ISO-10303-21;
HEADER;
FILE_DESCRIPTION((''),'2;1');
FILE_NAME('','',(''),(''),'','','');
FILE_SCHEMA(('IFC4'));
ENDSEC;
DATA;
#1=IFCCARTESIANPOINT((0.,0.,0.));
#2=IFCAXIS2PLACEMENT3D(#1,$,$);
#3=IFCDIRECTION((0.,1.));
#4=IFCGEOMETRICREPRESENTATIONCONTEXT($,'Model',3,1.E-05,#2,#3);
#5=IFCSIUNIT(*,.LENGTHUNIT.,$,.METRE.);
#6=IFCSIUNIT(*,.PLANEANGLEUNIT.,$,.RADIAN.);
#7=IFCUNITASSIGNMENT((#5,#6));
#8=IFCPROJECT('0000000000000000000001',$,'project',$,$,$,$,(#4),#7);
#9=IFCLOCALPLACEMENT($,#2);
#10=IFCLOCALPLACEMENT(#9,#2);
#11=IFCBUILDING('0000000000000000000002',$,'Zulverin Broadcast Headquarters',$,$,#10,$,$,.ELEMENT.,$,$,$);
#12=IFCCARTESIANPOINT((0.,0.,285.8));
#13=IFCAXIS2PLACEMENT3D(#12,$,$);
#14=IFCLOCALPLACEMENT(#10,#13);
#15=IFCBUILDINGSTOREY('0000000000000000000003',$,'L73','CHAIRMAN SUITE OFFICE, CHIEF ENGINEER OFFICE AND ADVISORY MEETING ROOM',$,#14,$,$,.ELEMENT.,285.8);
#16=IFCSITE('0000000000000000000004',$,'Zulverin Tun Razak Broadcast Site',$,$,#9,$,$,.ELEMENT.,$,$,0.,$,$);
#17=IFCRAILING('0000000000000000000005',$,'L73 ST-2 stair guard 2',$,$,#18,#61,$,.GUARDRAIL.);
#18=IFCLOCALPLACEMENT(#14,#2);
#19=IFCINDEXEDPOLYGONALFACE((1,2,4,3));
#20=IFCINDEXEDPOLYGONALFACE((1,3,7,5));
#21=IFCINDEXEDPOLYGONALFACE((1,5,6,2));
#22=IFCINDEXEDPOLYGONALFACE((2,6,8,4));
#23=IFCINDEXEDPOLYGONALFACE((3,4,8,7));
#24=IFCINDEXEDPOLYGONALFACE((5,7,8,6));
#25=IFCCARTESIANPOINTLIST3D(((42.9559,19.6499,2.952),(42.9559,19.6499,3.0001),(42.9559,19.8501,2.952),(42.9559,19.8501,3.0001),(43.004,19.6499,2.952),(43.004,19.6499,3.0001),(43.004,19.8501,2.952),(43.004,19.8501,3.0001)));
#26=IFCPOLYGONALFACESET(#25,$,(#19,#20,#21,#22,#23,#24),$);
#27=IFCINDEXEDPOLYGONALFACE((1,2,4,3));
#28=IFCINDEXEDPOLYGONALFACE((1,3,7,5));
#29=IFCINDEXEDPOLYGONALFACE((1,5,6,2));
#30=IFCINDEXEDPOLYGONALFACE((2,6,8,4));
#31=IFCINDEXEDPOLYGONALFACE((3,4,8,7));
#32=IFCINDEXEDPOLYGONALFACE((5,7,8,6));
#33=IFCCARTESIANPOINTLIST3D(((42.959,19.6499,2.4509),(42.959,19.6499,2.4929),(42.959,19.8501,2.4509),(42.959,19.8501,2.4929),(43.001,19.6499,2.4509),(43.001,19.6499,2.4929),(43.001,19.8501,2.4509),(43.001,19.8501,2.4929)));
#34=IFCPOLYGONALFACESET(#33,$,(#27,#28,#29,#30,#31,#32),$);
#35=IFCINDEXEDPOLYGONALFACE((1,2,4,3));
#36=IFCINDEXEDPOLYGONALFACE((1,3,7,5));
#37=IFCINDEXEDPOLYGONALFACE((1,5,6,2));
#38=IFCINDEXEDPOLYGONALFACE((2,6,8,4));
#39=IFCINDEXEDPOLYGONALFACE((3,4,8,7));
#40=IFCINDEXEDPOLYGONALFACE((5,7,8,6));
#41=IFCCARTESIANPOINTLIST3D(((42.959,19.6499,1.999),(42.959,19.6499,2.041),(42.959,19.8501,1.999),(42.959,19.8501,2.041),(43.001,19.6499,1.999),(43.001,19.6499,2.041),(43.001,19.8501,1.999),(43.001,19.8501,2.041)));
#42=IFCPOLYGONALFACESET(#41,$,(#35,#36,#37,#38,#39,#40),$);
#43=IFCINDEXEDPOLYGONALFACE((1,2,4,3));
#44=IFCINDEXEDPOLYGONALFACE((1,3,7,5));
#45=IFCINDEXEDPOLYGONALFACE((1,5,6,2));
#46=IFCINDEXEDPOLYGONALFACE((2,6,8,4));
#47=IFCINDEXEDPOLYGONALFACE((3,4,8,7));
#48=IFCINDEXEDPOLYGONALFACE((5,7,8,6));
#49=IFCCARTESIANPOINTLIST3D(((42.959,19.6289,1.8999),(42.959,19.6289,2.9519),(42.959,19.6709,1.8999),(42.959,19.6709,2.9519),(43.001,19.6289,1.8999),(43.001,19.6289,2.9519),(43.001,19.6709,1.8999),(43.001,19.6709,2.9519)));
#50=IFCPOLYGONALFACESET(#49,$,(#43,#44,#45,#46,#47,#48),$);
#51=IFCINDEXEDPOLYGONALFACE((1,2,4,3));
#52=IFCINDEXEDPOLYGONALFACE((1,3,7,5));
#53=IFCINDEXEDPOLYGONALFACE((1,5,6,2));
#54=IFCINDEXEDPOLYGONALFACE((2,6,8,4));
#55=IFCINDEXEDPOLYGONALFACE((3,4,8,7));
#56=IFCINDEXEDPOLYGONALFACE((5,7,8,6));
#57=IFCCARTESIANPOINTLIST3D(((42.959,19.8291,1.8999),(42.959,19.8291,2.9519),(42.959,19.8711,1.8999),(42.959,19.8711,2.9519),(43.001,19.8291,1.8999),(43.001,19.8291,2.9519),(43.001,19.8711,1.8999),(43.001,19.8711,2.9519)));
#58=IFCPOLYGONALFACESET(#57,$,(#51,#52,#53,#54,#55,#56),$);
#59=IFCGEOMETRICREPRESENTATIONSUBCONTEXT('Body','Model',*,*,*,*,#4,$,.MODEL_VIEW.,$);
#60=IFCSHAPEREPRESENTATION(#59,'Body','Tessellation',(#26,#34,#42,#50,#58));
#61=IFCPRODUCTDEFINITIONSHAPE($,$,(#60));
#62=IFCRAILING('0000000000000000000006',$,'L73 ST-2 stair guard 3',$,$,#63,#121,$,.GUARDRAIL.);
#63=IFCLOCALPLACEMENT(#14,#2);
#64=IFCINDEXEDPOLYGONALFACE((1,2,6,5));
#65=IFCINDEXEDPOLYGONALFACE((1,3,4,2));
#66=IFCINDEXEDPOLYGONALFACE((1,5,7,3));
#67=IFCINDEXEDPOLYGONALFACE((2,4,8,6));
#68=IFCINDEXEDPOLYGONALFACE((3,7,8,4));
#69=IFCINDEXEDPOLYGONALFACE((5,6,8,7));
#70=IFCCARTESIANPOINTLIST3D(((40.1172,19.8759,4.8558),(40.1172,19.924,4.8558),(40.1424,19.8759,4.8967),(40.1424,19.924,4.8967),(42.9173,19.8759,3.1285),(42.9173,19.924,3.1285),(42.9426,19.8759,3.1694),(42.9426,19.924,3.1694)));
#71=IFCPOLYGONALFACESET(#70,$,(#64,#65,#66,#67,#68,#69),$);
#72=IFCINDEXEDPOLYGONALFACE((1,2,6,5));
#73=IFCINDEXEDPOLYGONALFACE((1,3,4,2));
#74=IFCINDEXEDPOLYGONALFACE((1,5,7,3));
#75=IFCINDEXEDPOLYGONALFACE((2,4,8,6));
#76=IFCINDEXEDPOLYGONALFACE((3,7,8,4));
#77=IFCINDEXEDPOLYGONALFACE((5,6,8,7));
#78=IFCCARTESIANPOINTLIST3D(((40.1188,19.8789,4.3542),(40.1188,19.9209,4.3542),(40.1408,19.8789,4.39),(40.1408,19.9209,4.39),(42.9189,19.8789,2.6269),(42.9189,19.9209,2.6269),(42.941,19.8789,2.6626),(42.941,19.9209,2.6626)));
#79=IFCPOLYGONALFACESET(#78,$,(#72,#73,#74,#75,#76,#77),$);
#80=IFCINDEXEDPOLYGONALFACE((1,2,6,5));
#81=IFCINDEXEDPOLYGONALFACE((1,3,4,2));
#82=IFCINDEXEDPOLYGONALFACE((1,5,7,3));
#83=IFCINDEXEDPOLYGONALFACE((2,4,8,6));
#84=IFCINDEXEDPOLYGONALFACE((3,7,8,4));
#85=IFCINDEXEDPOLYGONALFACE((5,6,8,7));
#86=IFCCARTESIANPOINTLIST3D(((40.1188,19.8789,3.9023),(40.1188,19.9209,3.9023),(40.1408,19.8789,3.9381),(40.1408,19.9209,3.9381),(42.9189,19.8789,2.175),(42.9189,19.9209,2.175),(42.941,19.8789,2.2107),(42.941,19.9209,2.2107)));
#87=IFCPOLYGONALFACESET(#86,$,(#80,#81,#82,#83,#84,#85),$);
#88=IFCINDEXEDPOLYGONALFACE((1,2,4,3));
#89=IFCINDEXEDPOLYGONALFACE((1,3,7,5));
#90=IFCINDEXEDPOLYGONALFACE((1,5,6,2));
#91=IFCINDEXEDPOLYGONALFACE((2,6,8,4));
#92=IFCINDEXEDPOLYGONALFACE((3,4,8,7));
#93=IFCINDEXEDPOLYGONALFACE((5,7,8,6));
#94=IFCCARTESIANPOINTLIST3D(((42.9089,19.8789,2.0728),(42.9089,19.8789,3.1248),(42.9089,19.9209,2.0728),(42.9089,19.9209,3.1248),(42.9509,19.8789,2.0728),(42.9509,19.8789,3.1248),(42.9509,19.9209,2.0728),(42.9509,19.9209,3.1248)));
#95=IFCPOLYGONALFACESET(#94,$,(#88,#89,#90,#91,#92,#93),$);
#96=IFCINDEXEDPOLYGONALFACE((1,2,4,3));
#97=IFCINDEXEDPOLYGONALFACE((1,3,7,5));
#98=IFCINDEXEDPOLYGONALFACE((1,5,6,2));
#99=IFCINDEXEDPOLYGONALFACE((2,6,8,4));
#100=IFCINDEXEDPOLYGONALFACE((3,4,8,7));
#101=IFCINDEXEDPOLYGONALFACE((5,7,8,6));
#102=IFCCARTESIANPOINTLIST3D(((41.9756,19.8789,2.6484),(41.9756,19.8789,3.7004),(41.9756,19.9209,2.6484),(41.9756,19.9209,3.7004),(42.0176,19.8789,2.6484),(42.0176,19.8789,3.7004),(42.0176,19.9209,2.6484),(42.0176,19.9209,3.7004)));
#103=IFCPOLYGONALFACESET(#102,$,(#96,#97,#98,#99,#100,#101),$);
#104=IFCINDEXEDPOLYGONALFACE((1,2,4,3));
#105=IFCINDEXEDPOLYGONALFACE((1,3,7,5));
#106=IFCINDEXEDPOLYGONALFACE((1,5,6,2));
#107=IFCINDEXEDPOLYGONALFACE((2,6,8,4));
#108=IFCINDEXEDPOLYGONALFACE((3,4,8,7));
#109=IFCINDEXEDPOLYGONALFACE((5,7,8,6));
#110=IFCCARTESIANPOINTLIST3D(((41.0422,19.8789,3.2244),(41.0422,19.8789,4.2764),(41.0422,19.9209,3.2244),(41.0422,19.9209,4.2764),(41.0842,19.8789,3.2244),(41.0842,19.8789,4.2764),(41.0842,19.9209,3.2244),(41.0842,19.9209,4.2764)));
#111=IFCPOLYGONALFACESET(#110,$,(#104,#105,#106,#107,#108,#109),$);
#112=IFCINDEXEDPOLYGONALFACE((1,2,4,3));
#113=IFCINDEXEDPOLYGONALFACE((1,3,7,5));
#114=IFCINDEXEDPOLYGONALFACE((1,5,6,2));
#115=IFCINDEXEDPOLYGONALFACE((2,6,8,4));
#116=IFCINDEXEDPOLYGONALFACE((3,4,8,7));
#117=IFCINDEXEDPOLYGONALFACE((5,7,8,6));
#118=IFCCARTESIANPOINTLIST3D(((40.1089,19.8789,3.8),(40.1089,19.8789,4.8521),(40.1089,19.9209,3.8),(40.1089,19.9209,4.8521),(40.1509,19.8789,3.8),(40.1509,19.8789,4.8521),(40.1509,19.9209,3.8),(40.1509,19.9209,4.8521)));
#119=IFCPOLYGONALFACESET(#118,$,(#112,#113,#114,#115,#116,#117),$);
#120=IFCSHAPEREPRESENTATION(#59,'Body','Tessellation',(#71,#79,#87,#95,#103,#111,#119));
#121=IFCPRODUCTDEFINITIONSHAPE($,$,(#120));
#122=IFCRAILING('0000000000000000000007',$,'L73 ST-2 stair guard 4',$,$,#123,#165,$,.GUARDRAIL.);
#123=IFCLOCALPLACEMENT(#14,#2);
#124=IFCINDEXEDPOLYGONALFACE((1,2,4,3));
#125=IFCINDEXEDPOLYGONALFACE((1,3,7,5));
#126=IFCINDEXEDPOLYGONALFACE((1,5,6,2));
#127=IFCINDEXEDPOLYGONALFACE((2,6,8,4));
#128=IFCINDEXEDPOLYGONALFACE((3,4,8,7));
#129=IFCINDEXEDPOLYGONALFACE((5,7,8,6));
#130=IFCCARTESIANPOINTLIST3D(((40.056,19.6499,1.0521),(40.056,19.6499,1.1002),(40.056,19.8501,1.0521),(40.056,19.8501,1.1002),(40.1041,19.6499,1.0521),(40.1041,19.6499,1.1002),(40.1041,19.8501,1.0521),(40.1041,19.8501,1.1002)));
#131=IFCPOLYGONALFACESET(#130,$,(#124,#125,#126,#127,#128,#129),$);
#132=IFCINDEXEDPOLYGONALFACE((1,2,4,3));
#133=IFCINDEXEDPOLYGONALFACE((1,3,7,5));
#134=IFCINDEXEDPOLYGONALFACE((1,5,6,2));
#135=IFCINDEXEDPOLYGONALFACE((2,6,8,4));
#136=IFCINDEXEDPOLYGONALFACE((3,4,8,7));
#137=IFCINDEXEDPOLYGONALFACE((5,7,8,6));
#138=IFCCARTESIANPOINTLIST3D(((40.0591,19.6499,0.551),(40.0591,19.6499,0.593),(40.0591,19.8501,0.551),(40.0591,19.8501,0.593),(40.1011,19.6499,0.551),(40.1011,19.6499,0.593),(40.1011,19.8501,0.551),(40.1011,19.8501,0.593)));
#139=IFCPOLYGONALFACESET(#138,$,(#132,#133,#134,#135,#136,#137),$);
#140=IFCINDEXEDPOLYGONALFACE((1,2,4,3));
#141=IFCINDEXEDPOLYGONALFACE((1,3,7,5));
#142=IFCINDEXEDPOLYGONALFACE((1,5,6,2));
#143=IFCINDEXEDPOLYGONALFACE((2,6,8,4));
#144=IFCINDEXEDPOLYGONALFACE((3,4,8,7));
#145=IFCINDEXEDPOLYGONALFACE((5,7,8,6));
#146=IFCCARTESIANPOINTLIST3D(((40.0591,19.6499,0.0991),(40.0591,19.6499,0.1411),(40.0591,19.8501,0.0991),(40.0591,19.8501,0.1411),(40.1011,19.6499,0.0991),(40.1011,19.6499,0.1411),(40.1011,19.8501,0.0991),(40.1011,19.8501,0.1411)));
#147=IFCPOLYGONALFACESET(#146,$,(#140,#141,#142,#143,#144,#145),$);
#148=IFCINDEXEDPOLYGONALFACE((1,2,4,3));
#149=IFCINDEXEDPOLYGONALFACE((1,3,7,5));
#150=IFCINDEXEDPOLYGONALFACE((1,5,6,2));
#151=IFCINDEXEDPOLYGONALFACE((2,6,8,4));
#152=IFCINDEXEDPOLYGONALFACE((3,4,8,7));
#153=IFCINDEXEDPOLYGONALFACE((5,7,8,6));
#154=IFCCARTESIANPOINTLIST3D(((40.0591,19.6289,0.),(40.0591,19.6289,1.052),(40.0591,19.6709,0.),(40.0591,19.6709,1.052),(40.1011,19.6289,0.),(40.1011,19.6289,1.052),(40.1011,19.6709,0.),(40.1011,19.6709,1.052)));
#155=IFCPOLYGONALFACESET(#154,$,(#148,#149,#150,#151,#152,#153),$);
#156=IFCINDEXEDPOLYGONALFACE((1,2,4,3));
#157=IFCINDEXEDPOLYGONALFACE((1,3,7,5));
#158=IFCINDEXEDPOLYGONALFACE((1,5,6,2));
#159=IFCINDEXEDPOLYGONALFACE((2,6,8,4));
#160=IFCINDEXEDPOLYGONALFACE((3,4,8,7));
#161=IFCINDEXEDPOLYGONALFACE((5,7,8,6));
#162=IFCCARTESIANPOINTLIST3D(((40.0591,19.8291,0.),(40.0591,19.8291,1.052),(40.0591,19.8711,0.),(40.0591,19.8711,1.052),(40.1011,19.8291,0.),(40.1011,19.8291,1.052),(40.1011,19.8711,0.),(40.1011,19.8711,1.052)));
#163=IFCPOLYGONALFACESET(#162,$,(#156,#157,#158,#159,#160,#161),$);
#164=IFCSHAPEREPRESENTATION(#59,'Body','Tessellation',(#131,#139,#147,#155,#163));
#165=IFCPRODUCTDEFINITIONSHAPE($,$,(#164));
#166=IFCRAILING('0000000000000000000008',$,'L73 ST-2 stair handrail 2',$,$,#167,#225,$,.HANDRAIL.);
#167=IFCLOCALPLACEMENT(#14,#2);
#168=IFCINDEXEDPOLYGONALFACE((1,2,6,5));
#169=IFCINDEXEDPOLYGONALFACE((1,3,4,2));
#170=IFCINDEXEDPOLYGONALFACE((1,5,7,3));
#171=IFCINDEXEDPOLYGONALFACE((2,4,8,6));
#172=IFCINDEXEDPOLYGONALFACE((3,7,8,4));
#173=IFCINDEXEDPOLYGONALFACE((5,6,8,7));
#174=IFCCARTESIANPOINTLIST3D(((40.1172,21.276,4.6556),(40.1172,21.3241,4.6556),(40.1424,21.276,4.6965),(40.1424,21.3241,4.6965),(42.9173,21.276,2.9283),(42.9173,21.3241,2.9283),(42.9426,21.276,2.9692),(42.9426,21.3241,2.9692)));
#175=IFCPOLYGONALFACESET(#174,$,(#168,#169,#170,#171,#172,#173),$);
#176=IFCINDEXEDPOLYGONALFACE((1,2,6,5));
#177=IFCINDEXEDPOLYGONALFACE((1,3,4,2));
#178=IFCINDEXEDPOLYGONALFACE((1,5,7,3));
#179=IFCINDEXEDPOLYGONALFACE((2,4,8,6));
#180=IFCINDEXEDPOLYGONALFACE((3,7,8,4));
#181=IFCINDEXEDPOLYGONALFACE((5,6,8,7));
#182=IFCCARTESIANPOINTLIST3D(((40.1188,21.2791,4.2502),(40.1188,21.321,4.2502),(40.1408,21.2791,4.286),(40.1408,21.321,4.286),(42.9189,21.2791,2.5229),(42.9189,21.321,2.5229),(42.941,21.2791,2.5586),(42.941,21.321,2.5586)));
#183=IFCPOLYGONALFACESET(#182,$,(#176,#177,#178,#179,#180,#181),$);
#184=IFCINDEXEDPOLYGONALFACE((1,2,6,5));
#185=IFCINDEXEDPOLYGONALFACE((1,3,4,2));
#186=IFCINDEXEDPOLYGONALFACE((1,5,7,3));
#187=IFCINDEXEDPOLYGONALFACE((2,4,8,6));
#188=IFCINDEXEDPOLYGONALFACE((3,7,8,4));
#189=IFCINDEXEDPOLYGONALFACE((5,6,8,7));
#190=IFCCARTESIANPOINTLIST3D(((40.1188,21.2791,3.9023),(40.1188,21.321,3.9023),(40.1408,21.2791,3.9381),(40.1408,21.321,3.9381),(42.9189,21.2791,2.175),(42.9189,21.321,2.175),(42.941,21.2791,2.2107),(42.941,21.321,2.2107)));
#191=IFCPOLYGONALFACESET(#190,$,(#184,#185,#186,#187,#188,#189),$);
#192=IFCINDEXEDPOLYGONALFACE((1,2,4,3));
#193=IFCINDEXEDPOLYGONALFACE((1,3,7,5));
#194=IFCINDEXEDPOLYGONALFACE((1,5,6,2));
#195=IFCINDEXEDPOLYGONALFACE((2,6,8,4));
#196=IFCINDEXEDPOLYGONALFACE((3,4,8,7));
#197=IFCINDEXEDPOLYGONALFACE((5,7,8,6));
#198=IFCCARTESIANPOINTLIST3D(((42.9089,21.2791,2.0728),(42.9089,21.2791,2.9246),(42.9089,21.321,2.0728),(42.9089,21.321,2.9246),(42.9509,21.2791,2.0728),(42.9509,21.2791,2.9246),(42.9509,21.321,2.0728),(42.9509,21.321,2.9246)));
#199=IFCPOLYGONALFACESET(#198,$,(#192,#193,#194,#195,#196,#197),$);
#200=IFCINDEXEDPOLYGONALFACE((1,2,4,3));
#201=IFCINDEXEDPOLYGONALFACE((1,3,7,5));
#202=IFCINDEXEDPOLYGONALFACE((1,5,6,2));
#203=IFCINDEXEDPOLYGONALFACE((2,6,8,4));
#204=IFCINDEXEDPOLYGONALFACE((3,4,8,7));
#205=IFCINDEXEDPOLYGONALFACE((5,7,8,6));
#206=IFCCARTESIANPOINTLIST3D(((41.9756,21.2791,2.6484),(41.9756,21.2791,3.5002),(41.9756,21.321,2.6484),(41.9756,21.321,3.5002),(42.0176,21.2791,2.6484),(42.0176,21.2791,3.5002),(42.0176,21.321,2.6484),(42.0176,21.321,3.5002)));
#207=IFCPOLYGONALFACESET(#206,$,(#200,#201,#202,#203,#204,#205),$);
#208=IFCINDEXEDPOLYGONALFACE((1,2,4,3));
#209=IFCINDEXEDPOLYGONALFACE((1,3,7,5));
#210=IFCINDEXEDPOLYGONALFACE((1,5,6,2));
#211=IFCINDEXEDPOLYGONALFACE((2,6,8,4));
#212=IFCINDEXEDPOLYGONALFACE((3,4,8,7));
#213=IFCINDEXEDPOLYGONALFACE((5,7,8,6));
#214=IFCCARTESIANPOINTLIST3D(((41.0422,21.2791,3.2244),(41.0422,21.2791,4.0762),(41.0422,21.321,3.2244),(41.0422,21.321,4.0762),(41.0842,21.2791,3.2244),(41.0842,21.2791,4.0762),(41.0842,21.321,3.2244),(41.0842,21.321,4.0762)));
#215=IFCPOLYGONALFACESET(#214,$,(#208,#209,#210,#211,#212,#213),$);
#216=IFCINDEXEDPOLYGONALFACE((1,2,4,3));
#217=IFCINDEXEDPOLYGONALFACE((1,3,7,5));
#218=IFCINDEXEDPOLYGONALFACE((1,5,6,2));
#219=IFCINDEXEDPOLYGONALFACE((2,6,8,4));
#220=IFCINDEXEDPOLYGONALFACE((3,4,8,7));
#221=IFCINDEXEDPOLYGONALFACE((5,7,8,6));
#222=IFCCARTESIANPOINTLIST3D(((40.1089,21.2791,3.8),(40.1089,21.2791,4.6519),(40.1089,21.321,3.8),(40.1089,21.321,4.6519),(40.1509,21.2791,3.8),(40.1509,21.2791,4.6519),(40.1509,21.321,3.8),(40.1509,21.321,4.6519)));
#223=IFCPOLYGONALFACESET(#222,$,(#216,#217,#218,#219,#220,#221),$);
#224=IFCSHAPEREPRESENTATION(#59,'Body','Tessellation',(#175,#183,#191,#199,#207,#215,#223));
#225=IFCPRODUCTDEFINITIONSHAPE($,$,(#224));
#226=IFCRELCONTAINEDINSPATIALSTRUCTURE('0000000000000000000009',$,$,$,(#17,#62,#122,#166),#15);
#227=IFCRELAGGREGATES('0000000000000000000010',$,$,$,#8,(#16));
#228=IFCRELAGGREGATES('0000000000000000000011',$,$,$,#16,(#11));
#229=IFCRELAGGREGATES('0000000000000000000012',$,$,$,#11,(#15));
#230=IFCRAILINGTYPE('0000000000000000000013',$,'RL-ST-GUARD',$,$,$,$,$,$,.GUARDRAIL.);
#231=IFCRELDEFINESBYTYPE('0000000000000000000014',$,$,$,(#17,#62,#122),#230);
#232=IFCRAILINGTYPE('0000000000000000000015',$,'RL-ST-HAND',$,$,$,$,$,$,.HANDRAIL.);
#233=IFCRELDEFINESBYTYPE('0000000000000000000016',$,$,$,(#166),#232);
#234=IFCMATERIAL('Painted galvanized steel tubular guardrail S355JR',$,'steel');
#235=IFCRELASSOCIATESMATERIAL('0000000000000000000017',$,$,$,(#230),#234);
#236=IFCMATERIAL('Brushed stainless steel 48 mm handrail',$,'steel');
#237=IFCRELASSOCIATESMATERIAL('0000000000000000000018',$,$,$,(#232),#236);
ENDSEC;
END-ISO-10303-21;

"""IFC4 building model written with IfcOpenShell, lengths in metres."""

from ifc_helpers import new_model, si_unit, direction, frame, origin, origin_2d, place, context, subcontext, project, spatial, rectangle, extrude, material, type_object, element, save


model = new_model("IFC4")

# Units and contexts
model_context = context("Model", 3, precision=1e-05, world=origin(), true_north=direction((0.0, 1.0)))
body_context = subcontext(model_context, "Body", "Model", "MODEL_VIEW")
ifc_project = project(units=[si_unit("LENGTHUNIT", "METRE"), si_unit("PLANEANGLEUNIT", "RADIAN")], contexts=[model_context])

# Site, building, storey
site_placement = place(None, origin())
site = spatial("IfcSite", under=ifc_project, at=site_placement, Name="Zulverin Tun Razak Broadcast Site", CompositionType="ELEMENT", RefElevation=0.0)
building_placement = place(site_placement, origin())
building = spatial("IfcBuilding", under=site, at=building_placement, Name="Zulverin Broadcast Headquarters", CompositionType="ELEMENT")
storey_placement = place(building_placement, frame((0.0, 0.0, 285.8)))
storey = spatial("IfcBuildingStorey", under=building, at=storey_placement, Name="L73", Description="CHAIRMAN SUITE OFFICE, CHIEF ENGINEER OFFICE AND ADVISORY MEETING ROOM", CompositionType="ELEMENT", Elevation=285.8)

# Railings
ifc_material_1 = material(Name="Painted galvanized steel tubular guardrail S355JR", Category="steel")
railing_type_1 = type_object("IfcRailingType", Name="RL-ST-GUARD", PredefinedType="GUARDRAIL", material=ifc_material_1)
railing_1_placement = place(storey_placement, frame((42.98, 19.6499, 1.8999)))
element("IfcRailing", 1, at=railing_1_placement, inside=storey, type_object=railing_type_1, Name="L73 ST-2 stair guard 2", PredefinedType="GUARDRAIL", context=body_context, shape_type="SweptSolid", body=[
    extrude(rectangle(XDim=0.0481, YDim=0.0481, at=origin_2d()), frame((0.0, 0.0, 1.0762), z_axis=(0.0, 1.0, 0.0), x_axis=(-1.0, 0.0, 0.0)), (0.0, 0.0, 1.0), 0.2002),
    extrude(rectangle(XDim=0.042, YDim=0.042, at=origin_2d()), frame((0.0, 0.0, 0.572), z_axis=(0.0, 1.0, 0.0), x_axis=(-1.0, 0.0, 0.0)), (0.0, 0.0, 1.0), 0.2002),
    extrude(rectangle(XDim=0.042, YDim=0.042, at=origin_2d()), frame((0.0, 0.0, 0.1201), z_axis=(0.0, 1.0, 0.0), x_axis=(-1.0, 0.0, 0.0)), (0.0, 0.0, 1.0), 0.2002),
    extrude(rectangle(XDim=0.042, YDim=0.042, at=origin_2d()), origin(), (0.0, 0.0, 1.0), 1.052),
    extrude(rectangle(XDim=0.042, YDim=0.042, at=origin_2d()), frame((0.0, 0.2002, 0.0)), (0.0, 0.0, 1.0), 1.052),
])
railing_2_placement = place(storey_placement, frame((42.9299, 19.8999, 2.0728)))
element("IfcRailing", 2, at=railing_2_placement, inside=storey, type_object=railing_type_1, Name="L73 ST-2 stair guard 3", PredefinedType="GUARDRAIL", context=body_context, shape_type="SweptSolid", body=[
    extrude(rectangle(XDim=0.0481, YDim=0.0481, at=origin_2d()), frame((0.0, 0.0, 1.0762), z_axis=(-0.85109, 0.0, 0.52502), x_axis=(0.0, -1.0, 0.0)), (0.0, 0.0, 1.0), 3.29),
    extrude(rectangle(XDim=0.042, YDim=0.042, at=origin_2d()), frame((0.0, 0.0, 0.572), z_axis=(-0.85109, 0.0, 0.52502), x_axis=(0.0, -1.0, 0.0)), (0.0, 0.0, 1.0), 3.29),
    extrude(rectangle(XDim=0.042, YDim=0.042, at=origin_2d()), frame((0.0, 0.0, 0.1201), z_axis=(-0.85109, 0.0, 0.52502), x_axis=(0.0, -1.0, 0.0)), (0.0, 0.0, 1.0), 3.29),
    extrude(rectangle(XDim=0.042, YDim=0.042, at=origin_2d()), origin(), (0.0, 0.0, 1.0), 1.052),
    extrude(rectangle(XDim=0.042, YDim=0.042, at=origin_2d()), frame((-0.9333, 0.0, 0.5757)), (0.0, 0.0, 1.0), 1.052),
    extrude(rectangle(XDim=0.042, YDim=0.042, at=origin_2d()), frame((-1.8667, 0.0, 1.1516)), (0.0, 0.0, 1.0), 1.052),
    extrude(rectangle(XDim=0.042, YDim=0.042, at=origin_2d()), frame((-2.8, 0.0, 1.7273)), (0.0, 0.0, 1.0), 1.052),
])
railing_3_placement = place(storey_placement, frame((40.0801, 19.6499, 0.0)))
element("IfcRailing", 3, at=railing_3_placement, inside=storey, type_object=railing_type_1, Name="L73 ST-2 stair guard 4", PredefinedType="GUARDRAIL", context=body_context, shape_type="SweptSolid", body=[
    extrude(rectangle(XDim=0.0481, YDim=0.0481, at=origin_2d()), frame((0.0, 0.0, 1.0762), z_axis=(0.0, 1.0, 0.0), x_axis=(-1.0, 0.0, 0.0)), (0.0, 0.0, 1.0), 0.2002),
    extrude(rectangle(XDim=0.042, YDim=0.042, at=origin_2d()), frame((0.0, 0.0, 0.572), z_axis=(0.0, 1.0, 0.0), x_axis=(-1.0, 0.0, 0.0)), (0.0, 0.0, 1.0), 0.2002),
    extrude(rectangle(XDim=0.042, YDim=0.042, at=origin_2d()), frame((0.0, 0.0, 0.1201), z_axis=(0.0, 1.0, 0.0), x_axis=(-1.0, 0.0, 0.0)), (0.0, 0.0, 1.0), 0.2002),
    extrude(rectangle(XDim=0.042, YDim=0.042, at=origin_2d()), origin(), (0.0, 0.0, 1.0), 1.052),
    extrude(rectangle(XDim=0.042, YDim=0.042, at=origin_2d()), frame((0.0, 0.2002, 0.0)), (0.0, 0.0, 1.0), 1.052),
])
ifc_material_2 = material(Name="Brushed stainless steel 48 mm handrail", Category="steel")
railing_type_2 = type_object("IfcRailingType", Name="RL-ST-HAND", PredefinedType="HANDRAIL", material=ifc_material_2)
railing_4_placement = place(storey_placement, frame((42.9299, 21.3, 2.0728)))
element("IfcRailing", 4, at=railing_4_placement, inside=storey, type_object=railing_type_2, Name="L73 ST-2 stair handrail 2", PredefinedType="HANDRAIL", context=body_context, shape_type="SweptSolid", body=[
    extrude(rectangle(XDim=0.0481, YDim=0.0481, at=origin_2d()), frame((0.0, 0.0, 0.876), z_axis=(-0.85109, 0.0, 0.52502), x_axis=(0.0, -1.0, 0.0)), (0.0, 0.0, 1.0), 3.29),
    extrude(rectangle(XDim=0.042, YDim=0.042, at=origin_2d()), frame((0.0, 0.0, 0.468), z_axis=(-0.85109, 0.0, 0.52502), x_axis=(0.0, -1.0, 0.0)), (0.0, 0.0, 1.0), 3.29),
    extrude(rectangle(XDim=0.042, YDim=0.042, at=origin_2d()), frame((0.0, 0.0, 0.1201), z_axis=(-0.85109, 0.0, 0.52502), x_axis=(0.0, -1.0, 0.0)), (0.0, 0.0, 1.0), 3.29),
    extrude(rectangle(XDim=0.042, YDim=0.042, at=origin_2d()), origin(), (0.0, 0.0, 1.0), 0.8518),
    extrude(rectangle(XDim=0.042, YDim=0.042, at=origin_2d()), frame((-0.9333, 0.0, 0.5757)), (0.0, 0.0, 1.0), 0.8518),
    extrude(rectangle(XDim=0.042, YDim=0.042, at=origin_2d()), frame((-1.8667, 0.0, 1.1516)), (0.0, 0.0, 1.0), 0.8518),
    extrude(rectangle(XDim=0.042, YDim=0.042, at=origin_2d()), frame((-2.8, 0.0, 1.7273)), (0.0, 0.0, 1.0), 0.8518),
])

save(model, "model.ifc")
